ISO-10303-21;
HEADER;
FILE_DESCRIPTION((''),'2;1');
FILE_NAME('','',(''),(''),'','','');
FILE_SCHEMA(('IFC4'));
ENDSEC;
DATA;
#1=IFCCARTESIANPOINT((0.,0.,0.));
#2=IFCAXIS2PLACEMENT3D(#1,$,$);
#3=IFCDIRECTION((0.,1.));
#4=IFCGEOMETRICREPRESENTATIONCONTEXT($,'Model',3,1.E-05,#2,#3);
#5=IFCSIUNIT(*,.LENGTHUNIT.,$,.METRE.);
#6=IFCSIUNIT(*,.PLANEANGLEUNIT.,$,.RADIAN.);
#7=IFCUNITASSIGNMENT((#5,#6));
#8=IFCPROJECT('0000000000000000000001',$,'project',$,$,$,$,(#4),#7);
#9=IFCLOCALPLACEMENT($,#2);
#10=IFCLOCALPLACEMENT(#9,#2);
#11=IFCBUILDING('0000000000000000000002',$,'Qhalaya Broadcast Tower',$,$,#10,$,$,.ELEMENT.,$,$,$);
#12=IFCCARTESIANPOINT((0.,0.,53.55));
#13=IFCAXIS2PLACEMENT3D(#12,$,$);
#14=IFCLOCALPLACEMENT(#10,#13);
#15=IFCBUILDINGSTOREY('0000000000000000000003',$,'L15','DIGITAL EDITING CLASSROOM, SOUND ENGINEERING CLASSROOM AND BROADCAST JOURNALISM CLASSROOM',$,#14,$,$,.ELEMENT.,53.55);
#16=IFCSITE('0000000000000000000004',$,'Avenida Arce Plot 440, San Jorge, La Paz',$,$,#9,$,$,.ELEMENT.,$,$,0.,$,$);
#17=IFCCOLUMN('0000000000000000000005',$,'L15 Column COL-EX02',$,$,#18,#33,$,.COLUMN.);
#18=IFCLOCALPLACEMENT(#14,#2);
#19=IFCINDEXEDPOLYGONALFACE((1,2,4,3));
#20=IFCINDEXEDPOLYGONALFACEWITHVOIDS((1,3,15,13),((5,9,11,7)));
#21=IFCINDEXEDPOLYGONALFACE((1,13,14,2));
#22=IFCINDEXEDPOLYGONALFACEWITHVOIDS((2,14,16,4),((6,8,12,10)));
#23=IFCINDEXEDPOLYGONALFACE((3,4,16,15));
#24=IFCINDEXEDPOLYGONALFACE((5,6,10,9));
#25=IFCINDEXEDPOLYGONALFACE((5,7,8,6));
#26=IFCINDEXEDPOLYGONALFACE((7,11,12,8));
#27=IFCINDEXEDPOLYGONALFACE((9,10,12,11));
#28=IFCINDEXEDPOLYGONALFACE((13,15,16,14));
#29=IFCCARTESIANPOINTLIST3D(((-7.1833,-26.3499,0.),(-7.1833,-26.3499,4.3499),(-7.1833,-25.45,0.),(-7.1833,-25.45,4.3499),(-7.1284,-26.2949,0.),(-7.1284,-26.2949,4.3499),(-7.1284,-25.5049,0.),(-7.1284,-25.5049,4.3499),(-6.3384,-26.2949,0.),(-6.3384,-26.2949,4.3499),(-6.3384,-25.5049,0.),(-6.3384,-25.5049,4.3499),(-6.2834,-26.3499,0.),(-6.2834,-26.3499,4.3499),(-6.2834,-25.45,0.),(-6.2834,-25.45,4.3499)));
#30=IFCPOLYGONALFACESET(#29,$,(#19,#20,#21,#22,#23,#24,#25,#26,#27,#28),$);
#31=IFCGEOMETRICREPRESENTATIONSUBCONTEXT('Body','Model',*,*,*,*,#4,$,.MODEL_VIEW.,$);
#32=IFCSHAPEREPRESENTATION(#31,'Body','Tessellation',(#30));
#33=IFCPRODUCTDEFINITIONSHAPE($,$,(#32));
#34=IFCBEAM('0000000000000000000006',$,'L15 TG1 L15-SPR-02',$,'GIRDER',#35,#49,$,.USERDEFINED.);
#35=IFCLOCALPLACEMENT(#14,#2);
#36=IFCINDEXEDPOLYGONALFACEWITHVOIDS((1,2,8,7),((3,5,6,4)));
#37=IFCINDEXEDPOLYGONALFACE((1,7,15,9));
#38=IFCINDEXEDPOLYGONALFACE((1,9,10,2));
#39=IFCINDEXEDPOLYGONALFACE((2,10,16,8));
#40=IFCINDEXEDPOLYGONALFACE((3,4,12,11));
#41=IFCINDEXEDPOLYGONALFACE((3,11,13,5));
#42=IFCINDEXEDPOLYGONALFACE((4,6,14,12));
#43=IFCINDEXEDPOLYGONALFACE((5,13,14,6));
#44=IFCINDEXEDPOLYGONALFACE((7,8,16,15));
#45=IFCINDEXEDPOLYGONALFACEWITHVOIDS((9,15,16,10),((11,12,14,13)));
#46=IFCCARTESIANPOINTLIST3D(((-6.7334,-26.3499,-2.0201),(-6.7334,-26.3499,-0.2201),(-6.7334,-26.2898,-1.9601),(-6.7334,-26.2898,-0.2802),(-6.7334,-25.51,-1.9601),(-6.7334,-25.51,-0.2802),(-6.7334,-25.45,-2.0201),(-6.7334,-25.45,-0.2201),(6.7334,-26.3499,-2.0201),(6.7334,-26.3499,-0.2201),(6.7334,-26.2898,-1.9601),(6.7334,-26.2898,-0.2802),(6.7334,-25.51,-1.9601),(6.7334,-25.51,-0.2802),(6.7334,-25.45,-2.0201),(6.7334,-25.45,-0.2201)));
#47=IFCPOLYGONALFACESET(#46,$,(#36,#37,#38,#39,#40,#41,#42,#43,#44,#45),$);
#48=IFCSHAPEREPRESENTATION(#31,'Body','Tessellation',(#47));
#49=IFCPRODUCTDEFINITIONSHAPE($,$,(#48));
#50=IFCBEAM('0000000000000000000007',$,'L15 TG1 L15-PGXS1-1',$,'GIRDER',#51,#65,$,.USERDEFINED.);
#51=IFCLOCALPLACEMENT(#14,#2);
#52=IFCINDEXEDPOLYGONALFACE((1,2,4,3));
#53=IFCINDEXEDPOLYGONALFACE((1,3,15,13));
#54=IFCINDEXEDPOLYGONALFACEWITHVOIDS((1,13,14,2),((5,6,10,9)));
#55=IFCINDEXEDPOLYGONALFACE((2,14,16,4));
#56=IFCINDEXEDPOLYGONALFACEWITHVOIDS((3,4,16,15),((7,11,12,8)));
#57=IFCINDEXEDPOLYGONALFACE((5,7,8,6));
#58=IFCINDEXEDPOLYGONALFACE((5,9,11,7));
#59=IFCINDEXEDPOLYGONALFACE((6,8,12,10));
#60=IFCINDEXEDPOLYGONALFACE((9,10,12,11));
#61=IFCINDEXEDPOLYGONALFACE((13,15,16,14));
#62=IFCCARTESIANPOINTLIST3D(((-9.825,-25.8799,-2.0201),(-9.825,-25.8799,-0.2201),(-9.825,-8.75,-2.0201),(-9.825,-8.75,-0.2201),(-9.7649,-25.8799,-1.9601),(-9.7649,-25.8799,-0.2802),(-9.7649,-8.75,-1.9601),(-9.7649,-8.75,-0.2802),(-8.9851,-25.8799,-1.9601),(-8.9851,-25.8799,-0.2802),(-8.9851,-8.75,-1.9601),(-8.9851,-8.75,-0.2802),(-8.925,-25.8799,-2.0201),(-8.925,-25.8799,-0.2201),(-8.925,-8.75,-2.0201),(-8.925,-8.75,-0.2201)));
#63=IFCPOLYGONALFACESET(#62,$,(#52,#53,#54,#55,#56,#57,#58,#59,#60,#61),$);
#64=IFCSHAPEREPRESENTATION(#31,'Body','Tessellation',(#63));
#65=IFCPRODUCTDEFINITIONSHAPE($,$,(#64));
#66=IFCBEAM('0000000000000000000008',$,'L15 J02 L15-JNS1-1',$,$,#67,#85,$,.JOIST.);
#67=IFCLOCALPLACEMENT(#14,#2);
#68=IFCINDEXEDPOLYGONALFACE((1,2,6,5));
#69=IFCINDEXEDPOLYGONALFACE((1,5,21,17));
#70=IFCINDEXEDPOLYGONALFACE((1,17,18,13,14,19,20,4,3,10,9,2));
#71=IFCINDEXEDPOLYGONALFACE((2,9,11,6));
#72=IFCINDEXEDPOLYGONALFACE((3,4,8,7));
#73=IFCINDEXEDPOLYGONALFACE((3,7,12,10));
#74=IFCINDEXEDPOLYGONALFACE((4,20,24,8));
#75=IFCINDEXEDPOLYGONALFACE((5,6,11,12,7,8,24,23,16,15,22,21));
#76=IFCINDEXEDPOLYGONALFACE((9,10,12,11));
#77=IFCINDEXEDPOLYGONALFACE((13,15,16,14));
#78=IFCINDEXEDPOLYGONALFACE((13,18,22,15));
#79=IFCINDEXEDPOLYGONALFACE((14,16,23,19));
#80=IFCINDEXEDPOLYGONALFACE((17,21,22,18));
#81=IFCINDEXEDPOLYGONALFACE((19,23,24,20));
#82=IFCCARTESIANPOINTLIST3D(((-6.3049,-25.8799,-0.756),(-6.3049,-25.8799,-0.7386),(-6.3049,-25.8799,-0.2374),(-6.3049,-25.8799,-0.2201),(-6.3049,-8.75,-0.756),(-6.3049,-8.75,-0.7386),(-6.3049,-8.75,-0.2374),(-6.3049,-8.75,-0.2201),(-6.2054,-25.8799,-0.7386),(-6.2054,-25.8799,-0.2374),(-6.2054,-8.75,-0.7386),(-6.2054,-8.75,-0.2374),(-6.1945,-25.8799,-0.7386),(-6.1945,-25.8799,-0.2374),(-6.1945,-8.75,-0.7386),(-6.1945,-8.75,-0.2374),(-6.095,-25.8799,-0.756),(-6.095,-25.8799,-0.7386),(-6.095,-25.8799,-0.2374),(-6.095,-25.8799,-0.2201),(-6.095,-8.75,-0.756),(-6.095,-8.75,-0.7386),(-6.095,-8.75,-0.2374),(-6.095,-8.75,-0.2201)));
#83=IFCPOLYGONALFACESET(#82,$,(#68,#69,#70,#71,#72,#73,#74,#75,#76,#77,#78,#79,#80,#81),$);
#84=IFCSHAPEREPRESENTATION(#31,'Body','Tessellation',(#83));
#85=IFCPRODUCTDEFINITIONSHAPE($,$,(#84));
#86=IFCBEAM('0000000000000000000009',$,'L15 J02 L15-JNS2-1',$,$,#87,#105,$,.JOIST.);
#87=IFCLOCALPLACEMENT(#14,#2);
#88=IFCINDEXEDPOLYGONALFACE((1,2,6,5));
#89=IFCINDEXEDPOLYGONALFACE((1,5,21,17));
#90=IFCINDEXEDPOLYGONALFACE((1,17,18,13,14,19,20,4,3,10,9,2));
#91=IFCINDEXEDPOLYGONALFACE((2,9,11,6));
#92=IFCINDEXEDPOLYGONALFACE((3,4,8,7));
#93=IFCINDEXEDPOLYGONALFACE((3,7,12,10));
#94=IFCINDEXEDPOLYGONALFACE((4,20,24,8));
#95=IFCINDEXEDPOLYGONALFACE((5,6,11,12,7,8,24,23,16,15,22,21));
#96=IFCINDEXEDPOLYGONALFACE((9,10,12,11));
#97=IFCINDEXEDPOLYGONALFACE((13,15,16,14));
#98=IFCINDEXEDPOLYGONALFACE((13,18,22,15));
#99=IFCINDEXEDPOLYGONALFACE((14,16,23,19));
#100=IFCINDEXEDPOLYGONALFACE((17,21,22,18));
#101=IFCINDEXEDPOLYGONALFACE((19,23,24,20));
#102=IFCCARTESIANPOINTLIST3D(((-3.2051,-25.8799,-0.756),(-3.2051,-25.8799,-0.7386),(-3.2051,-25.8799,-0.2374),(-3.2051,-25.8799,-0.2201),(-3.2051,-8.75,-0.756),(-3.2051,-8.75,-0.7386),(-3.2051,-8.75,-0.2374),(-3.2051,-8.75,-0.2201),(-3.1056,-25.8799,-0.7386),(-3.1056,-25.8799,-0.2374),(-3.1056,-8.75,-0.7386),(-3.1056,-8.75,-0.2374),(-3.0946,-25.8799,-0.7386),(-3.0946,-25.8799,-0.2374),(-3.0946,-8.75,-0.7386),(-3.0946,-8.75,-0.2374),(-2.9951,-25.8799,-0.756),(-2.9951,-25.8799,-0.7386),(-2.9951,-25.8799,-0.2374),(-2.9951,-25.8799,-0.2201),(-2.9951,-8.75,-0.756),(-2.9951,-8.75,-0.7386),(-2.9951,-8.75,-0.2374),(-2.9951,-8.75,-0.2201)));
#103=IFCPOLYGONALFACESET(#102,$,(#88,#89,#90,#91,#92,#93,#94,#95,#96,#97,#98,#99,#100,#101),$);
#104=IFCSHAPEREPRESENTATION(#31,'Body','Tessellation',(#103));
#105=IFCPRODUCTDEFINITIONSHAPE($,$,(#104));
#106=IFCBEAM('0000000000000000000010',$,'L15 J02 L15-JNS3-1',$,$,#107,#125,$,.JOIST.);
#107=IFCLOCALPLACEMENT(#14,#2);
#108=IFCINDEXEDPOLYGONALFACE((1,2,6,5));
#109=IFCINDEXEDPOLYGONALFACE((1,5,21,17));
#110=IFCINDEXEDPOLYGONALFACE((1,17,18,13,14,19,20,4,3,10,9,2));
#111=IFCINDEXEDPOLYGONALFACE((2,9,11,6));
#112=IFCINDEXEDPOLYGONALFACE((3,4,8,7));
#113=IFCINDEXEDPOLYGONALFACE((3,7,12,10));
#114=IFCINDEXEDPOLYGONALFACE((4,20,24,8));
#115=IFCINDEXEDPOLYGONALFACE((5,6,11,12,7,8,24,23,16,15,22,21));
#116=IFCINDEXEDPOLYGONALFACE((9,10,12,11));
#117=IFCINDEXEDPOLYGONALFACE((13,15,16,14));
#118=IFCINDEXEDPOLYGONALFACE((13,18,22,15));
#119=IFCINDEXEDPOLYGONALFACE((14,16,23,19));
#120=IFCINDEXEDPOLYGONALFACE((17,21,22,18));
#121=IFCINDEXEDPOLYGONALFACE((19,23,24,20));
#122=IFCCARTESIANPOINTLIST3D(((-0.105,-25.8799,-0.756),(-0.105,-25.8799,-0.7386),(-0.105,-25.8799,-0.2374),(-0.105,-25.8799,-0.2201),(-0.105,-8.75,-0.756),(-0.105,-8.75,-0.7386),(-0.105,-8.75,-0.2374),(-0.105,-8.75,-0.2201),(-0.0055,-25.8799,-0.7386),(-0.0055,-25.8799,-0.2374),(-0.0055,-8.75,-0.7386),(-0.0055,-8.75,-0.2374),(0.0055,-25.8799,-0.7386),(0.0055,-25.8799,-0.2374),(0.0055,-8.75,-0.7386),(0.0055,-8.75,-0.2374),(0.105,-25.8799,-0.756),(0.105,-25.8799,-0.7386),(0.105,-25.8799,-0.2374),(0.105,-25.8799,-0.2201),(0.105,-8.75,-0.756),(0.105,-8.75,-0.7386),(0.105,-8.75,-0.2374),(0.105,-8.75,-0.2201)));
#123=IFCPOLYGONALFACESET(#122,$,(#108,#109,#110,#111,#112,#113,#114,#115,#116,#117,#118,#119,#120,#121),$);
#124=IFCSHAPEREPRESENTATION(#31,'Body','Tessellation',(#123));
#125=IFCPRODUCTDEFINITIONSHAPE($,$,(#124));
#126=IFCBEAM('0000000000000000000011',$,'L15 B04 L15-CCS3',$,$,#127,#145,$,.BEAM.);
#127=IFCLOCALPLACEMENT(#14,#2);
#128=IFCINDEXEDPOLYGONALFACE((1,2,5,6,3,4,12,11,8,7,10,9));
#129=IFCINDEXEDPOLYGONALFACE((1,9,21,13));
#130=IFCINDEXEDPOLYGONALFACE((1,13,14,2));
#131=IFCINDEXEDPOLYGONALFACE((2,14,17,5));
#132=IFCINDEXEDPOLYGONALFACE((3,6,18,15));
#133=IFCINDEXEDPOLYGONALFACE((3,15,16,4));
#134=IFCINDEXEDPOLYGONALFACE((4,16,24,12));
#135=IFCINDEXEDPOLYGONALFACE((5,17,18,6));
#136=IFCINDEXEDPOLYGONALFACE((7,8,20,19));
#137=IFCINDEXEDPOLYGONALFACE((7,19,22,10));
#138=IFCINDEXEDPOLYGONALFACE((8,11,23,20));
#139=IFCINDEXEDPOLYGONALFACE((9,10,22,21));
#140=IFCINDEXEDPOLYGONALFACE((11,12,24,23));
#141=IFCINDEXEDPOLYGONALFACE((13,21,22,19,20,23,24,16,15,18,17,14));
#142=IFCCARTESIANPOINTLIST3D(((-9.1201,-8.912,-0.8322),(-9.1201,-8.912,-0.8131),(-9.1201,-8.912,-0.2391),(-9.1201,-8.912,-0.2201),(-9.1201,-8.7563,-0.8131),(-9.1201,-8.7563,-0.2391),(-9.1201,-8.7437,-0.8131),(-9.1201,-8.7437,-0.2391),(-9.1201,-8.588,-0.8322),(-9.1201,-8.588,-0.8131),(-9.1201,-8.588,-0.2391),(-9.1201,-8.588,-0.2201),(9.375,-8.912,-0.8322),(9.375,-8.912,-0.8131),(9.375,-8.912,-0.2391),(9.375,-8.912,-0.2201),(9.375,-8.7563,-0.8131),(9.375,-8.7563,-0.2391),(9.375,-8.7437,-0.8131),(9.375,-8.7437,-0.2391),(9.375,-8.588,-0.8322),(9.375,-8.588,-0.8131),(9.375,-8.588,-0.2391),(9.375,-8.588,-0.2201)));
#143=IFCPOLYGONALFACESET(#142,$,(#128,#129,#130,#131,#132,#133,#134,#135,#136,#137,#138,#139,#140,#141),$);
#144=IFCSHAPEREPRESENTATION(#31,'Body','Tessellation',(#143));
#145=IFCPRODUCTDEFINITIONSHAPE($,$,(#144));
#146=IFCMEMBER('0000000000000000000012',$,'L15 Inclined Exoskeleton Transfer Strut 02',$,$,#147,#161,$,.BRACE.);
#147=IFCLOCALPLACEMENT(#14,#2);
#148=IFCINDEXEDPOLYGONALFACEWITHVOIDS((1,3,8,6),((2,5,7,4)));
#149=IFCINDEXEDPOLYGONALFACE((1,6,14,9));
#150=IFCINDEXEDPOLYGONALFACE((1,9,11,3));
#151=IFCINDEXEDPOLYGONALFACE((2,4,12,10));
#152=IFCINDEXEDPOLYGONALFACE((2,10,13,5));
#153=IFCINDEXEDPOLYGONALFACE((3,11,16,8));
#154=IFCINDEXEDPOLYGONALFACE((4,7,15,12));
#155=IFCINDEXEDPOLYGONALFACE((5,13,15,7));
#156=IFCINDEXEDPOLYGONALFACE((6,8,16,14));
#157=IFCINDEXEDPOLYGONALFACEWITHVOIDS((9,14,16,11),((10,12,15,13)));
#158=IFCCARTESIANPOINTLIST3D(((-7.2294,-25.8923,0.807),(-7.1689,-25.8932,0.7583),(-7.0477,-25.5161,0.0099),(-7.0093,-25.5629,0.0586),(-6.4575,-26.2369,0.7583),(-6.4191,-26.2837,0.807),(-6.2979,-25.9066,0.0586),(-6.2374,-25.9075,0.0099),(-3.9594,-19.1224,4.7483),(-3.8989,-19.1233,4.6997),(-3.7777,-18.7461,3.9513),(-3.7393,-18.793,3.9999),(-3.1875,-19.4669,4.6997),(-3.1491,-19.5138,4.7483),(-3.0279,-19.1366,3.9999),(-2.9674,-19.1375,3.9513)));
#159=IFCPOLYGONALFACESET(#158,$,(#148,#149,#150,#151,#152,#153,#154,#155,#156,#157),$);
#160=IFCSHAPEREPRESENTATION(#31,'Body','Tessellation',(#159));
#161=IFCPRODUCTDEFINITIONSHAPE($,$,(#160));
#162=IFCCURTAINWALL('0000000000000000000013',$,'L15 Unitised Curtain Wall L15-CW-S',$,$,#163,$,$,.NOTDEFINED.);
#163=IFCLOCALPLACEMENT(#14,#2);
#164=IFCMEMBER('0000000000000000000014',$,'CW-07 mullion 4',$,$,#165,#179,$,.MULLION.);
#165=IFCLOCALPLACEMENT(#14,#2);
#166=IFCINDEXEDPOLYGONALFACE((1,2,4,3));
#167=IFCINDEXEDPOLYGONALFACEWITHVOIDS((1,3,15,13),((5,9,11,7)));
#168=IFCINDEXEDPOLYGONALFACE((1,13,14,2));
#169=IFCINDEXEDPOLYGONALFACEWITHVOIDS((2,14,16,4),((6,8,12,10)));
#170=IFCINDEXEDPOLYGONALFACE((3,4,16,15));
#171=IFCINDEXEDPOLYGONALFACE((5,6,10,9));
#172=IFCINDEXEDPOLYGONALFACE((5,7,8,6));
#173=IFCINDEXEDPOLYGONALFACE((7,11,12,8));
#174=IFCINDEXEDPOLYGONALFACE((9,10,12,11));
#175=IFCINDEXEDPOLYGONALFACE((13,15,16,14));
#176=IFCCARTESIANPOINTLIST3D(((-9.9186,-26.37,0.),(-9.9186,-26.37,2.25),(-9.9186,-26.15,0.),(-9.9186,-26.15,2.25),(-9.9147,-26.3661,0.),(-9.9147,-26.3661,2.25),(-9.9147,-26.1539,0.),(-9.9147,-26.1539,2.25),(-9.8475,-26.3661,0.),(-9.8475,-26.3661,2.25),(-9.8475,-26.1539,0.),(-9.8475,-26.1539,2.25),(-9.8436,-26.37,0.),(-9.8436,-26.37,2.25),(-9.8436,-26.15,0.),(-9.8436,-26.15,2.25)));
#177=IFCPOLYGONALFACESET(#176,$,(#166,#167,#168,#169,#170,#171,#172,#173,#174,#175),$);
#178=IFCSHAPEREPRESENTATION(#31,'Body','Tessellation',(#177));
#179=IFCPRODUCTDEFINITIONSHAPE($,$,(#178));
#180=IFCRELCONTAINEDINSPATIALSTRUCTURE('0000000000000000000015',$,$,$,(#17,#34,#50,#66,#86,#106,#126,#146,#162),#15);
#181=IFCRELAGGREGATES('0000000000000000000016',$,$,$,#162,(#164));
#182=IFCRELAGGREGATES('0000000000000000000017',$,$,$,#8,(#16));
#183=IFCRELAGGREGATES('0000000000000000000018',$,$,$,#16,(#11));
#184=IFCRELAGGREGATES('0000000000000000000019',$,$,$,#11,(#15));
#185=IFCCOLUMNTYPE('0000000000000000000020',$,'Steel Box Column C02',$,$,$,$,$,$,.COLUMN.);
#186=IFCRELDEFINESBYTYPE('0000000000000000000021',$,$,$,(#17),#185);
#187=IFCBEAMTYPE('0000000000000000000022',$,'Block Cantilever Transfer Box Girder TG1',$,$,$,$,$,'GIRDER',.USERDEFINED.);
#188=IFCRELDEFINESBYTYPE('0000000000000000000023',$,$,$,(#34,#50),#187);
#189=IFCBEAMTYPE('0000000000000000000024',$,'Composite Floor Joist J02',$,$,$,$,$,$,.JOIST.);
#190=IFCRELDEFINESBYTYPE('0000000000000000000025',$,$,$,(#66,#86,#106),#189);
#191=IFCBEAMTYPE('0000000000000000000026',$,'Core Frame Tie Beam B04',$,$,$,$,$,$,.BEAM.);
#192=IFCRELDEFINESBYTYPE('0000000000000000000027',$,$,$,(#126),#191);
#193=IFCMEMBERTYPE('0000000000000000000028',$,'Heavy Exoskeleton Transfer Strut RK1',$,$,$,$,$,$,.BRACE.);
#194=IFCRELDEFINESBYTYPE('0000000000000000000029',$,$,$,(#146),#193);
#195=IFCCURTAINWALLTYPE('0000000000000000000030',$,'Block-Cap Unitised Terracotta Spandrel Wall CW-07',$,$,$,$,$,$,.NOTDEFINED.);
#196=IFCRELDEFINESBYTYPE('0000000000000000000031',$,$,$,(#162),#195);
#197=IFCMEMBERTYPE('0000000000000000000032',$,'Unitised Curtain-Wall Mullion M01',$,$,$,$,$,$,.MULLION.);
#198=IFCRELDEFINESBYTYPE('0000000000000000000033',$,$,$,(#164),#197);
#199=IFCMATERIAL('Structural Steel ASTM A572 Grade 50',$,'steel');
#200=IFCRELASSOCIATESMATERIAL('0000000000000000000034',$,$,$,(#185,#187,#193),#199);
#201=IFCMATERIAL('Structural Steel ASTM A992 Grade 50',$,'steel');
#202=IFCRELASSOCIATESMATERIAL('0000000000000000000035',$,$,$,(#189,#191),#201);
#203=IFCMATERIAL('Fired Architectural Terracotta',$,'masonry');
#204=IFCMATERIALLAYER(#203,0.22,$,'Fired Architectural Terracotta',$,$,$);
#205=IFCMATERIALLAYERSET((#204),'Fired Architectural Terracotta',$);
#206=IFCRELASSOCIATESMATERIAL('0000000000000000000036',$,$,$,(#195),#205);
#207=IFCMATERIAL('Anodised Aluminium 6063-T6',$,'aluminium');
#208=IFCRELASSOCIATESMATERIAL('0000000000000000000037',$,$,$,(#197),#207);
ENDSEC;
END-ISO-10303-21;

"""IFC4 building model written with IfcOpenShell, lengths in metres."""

from ifc_helpers import new_model, si_unit, direction, frame, origin, origin_2d, place, context, subcontext, project, spatial, hollow_rectangle, i_section, extrude, material, layer, layer_set, material_profile, profile_set, type_object, element, aggregate, save


model = new_model("IFC4")

# Units and contexts
model_context = context("Model", 3, precision=1e-05, world=origin(), true_north=direction((0.0, 1.0)))
body_context = subcontext(model_context, "Body", "Model", "MODEL_VIEW")
ifc_project = project(units=[si_unit("LENGTHUNIT", "METRE"), si_unit("PLANEANGLEUNIT", "RADIAN")], contexts=[model_context])

# Site, building, storey
site_placement = place(None, origin())
site = spatial("IfcSite", under=ifc_project, at=site_placement, Name="Avenida Arce Plot 440, San Jorge, La Paz", CompositionType="ELEMENT", RefElevation=0.0)
building_placement = place(site_placement, origin())
building = spatial("IfcBuilding", under=site, at=building_placement, Name="Qhalaya Broadcast Tower", CompositionType="ELEMENT")
storey_placement = place(building_placement, frame((0.0, 0.0, 53.55)))
storey = spatial("IfcBuildingStorey", under=building, at=storey_placement, Name="L15", Description="DIGITAL EDITING CLASSROOM, SOUND ENGINEERING CLASSROOM AND BROADCAST JOURNALISM CLASSROOM", CompositionType="ELEMENT", Elevation=53.55)

# Column
ifc_material_1 = material(Name="Structural Steel ASTM A572 Grade 50", Category="steel")
ifc_material_profile_1 = material_profile(ifc_material_1, hollow_rectangle(XDim=0.8999, YDim=0.8999, WallThickness=0.0549, at=origin_2d()), Name="BOX 900x900x55")
ifc_profile_set_1 = profile_set([ifc_material_profile_1], Name="Structural Steel ASTM A572 Grade 50")
column_type = type_object("IfcColumnType", Name="Steel Box Column C02", PredefinedType="COLUMN", material=ifc_profile_set_1)
column_placement = place(storey_placement, frame((-6.7334, -25.8999, 0.0), z_axis=(0.0, 0.0, 1.0), x_axis=(1.0, 0.0, 0.0)))
element("IfcColumn", 1, at=column_placement, inside=storey, type_object=column_type, Name="L15 Column COL-EX02", PredefinedType="COLUMN", context=body_context, shape_type="SweptSolid", body=[
    extrude(hollow_rectangle(XDim=0.8999, YDim=0.8999, WallThickness=0.0549, at=origin_2d()), origin(), (0.0, 0.0, 1.0), 4.3499),
])

# Beams
ifc_material_profile_2 = material_profile(ifc_material_1, hollow_rectangle(XDim=0.8999, YDim=1.8, WallThickness=0.0601, at=origin_2d()), Name="BOX 900x1800x60")
ifc_profile_set_2 = profile_set([ifc_material_profile_2], Name="Structural Steel ASTM A572 Grade 50")
beam_type_1 = type_object("IfcBeamType", Name="Block Cantilever Transfer Box Girder TG1", ElementType="GIRDER", PredefinedType="USERDEFINED", material=ifc_profile_set_2)
beam_1_placement = place(storey_placement, frame((-6.7334, -25.8999, -1.1201), z_axis=(1.0, 0.0, 0.0), x_axis=(0.0, 1.0, 0.0)))
element("IfcBeam", 2, at=beam_1_placement, inside=storey, type_object=beam_type_1, Name="L15 TG1 L15-SPR-02", ObjectType="GIRDER", PredefinedType="USERDEFINED", context=body_context, shape_type="SweptSolid", body=[
    extrude(hollow_rectangle(XDim=0.8999, YDim=1.8, WallThickness=0.0601, at=origin_2d()), origin(), (0.0, 0.0, 1.0), 13.4668),
])
beam_2_placement = place(storey_placement, frame((-9.375, -25.8799, -1.1201), z_axis=(0.0, 1.0, 0.0), x_axis=(-1.0, 0.0, 0.0)))
element("IfcBeam", 3, at=beam_2_placement, inside=storey, type_object=beam_type_1, Name="L15 TG1 L15-PGXS1-1", ObjectType="GIRDER", PredefinedType="USERDEFINED", context=body_context, shape_type="SweptSolid", body=[
    extrude(hollow_rectangle(XDim=0.8999, YDim=1.8, WallThickness=0.0601, at=origin_2d()), origin(), (0.0, 0.0, 1.0), 17.1299),
])
ifc_material_2 = material(Name="Structural Steel ASTM A992 Grade 50", Category="steel")
ifc_material_profile_3 = material_profile(ifc_material_2, i_section(OverallWidth=0.21, OverallDepth=0.5359, WebThickness=0.011, FlangeThickness=0.0173, at=origin_2d()), Name="W21X68")
ifc_profile_set_3 = profile_set([ifc_material_profile_3], Name="Structural Steel ASTM A992 Grade 50")
beam_type_2 = type_object("IfcBeamType", Name="Composite Floor Joist J02", PredefinedType="JOIST", material=ifc_profile_set_3)
for number, where, z_axis, x_axis, name in (
    (4, (-6.2, -25.8799, -0.488), (0.0, 1.0, 0.0), (-1.0, 0.0, 0.0), "L15 J02 L15-JNS1-1"),
    (5, (-3.1001, -25.8799, -0.488), (0.0, 1.0, 0.0), (-1.0, 0.0, 0.0), "L15 J02 L15-JNS2-1"),
    (6, (0.0, -25.8799, -0.488), (0.0, 1.0, 0.0), (-1.0, 0.0, 0.0), "L15 J02 L15-JNS3-1"),
):
    element("IfcBeam", number, at=place(storey_placement, frame(where, z_axis=z_axis, x_axis=x_axis)), inside=storey, type_object=beam_type_2, Name=name, PredefinedType="JOIST", context=body_context, shape_type="SweptSolid", body=[
        extrude(i_section(OverallWidth=0.21, OverallDepth=0.5359, WebThickness=0.011, FlangeThickness=0.0173, at=origin_2d()), origin(), (0.0, 0.0, 1.0), 17.1299),
    ])
ifc_material_profile_4 = material_profile(ifc_material_2, i_section(OverallWidth=0.324, OverallDepth=0.6121, WebThickness=0.0127, FlangeThickness=0.019, at=origin_2d()), Name="W24X104")
ifc_profile_set_4 = profile_set([ifc_material_profile_4], Name="Structural Steel ASTM A992 Grade 50")
beam_type_3 = type_object("IfcBeamType", Name="Core Frame Tie Beam B04", PredefinedType="BEAM", material=ifc_profile_set_4)
beam_3_placement = place(storey_placement, frame((-9.1201, -8.75, -0.5261), z_axis=(1.0, 0.0, 0.0), x_axis=(0.0, 1.0, 0.0)))
element("IfcBeam", 7, at=beam_3_placement, inside=storey, type_object=beam_type_3, Name="L15 B04 L15-CCS3", PredefinedType="BEAM", context=body_context, shape_type="SweptSolid", body=[
    extrude(i_section(OverallWidth=0.324, OverallDepth=0.6121, WebThickness=0.0127, FlangeThickness=0.019, at=origin_2d()), origin(), (0.0, 0.0, 1.0), 18.4951),
])

# Member
ifc_material_profile_5 = material_profile(ifc_material_1, hollow_rectangle(XDim=0.8999, YDim=0.8999, WallThickness=0.0549, at=origin_2d()), Name="BOX 900x900x55")
ifc_profile_set_5 = profile_set([ifc_material_profile_5], Name="Structural Steel ASTM A572 Grade 50")
member_type_1 = type_object("IfcMemberType", Name="Heavy Exoskeleton Transfer Strut RK1", PredefinedType="BRACE", material=ifc_profile_set_5)
member_1_placement = place(storey_placement, frame((-6.7334, -25.8999, 0.4084), z_axis=(0.385213, 0.797517, 0.464303), x_axis=(-0.900461, 0.434936, 0.0)))
element("IfcMember", 8, at=member_1_placement, inside=storey, type_object=member_type_1, Name="L15 Inclined Exoskeleton Transfer Strut 02", PredefinedType="BRACE", context=body_context, shape_type="SweptSolid", body=[
    extrude(hollow_rectangle(XDim=0.8999, YDim=0.8999, WallThickness=0.0549, at=origin_2d()), origin(), (0.0, 0.0, 1.0), 8.4888),
])

# Curtain wall, member
ifc_material_3 = material(Name="Fired Architectural Terracotta", Category="masonry")
ifc_layer_1 = layer(ifc_material_3, 0.22, Name="Fired Architectural Terracotta")
ifc_layer_set_1 = layer_set([ifc_layer_1], Name="Fired Architectural Terracotta")
curtain_wall_type = type_object("IfcCurtainWallType", Name="Block-Cap Unitised Terracotta Spandrel Wall CW-07", PredefinedType="NOTDEFINED", material=ifc_layer_set_1)
curtain_wall_placement = place(storey_placement, origin())
curtain_wall = element("IfcCurtainWall", 9, at=curtain_wall_placement, inside=storey, type_object=curtain_wall_type, Name="L15 Unitised Curtain Wall L15-CW-S", PredefinedType="NOTDEFINED")
ifc_material_4 = material(Name="Anodised Aluminium 6063-T6", Category="aluminium")
ifc_material_profile_6 = material_profile(ifc_material_4, hollow_rectangle(XDim=0.075, YDim=0.22, WallThickness=0.0039, at=origin_2d()), Name="ALU-MUL 75x220x4")
ifc_profile_set_6 = profile_set([ifc_material_profile_6], Name="Anodised Aluminium 6063-T6")
member_type_2 = type_object("IfcMemberType", Name="Unitised Curtain-Wall Mullion M01", PredefinedType="MULLION", material=ifc_profile_set_6)
member_2_placement = place(storey_placement, frame((-9.8811, -26.26, 0.0), z_axis=(0.0, 0.0, 1.0), x_axis=(-1.0, 0.0, 0.0)))
member_2 = element("IfcMember", 10, at=member_2_placement, type_object=member_type_2, Name="CW-07 mullion 4", PredefinedType="MULLION", context=body_context, shape_type="SweptSolid", body=[
    extrude(hollow_rectangle(XDim=0.075, YDim=0.22, WallThickness=0.0039, at=origin_2d()), origin(), (0.0, 0.0, 1.0), 2.25),
])

aggregate(curtain_wall, [member_2])

save(model, "model.ifc")
